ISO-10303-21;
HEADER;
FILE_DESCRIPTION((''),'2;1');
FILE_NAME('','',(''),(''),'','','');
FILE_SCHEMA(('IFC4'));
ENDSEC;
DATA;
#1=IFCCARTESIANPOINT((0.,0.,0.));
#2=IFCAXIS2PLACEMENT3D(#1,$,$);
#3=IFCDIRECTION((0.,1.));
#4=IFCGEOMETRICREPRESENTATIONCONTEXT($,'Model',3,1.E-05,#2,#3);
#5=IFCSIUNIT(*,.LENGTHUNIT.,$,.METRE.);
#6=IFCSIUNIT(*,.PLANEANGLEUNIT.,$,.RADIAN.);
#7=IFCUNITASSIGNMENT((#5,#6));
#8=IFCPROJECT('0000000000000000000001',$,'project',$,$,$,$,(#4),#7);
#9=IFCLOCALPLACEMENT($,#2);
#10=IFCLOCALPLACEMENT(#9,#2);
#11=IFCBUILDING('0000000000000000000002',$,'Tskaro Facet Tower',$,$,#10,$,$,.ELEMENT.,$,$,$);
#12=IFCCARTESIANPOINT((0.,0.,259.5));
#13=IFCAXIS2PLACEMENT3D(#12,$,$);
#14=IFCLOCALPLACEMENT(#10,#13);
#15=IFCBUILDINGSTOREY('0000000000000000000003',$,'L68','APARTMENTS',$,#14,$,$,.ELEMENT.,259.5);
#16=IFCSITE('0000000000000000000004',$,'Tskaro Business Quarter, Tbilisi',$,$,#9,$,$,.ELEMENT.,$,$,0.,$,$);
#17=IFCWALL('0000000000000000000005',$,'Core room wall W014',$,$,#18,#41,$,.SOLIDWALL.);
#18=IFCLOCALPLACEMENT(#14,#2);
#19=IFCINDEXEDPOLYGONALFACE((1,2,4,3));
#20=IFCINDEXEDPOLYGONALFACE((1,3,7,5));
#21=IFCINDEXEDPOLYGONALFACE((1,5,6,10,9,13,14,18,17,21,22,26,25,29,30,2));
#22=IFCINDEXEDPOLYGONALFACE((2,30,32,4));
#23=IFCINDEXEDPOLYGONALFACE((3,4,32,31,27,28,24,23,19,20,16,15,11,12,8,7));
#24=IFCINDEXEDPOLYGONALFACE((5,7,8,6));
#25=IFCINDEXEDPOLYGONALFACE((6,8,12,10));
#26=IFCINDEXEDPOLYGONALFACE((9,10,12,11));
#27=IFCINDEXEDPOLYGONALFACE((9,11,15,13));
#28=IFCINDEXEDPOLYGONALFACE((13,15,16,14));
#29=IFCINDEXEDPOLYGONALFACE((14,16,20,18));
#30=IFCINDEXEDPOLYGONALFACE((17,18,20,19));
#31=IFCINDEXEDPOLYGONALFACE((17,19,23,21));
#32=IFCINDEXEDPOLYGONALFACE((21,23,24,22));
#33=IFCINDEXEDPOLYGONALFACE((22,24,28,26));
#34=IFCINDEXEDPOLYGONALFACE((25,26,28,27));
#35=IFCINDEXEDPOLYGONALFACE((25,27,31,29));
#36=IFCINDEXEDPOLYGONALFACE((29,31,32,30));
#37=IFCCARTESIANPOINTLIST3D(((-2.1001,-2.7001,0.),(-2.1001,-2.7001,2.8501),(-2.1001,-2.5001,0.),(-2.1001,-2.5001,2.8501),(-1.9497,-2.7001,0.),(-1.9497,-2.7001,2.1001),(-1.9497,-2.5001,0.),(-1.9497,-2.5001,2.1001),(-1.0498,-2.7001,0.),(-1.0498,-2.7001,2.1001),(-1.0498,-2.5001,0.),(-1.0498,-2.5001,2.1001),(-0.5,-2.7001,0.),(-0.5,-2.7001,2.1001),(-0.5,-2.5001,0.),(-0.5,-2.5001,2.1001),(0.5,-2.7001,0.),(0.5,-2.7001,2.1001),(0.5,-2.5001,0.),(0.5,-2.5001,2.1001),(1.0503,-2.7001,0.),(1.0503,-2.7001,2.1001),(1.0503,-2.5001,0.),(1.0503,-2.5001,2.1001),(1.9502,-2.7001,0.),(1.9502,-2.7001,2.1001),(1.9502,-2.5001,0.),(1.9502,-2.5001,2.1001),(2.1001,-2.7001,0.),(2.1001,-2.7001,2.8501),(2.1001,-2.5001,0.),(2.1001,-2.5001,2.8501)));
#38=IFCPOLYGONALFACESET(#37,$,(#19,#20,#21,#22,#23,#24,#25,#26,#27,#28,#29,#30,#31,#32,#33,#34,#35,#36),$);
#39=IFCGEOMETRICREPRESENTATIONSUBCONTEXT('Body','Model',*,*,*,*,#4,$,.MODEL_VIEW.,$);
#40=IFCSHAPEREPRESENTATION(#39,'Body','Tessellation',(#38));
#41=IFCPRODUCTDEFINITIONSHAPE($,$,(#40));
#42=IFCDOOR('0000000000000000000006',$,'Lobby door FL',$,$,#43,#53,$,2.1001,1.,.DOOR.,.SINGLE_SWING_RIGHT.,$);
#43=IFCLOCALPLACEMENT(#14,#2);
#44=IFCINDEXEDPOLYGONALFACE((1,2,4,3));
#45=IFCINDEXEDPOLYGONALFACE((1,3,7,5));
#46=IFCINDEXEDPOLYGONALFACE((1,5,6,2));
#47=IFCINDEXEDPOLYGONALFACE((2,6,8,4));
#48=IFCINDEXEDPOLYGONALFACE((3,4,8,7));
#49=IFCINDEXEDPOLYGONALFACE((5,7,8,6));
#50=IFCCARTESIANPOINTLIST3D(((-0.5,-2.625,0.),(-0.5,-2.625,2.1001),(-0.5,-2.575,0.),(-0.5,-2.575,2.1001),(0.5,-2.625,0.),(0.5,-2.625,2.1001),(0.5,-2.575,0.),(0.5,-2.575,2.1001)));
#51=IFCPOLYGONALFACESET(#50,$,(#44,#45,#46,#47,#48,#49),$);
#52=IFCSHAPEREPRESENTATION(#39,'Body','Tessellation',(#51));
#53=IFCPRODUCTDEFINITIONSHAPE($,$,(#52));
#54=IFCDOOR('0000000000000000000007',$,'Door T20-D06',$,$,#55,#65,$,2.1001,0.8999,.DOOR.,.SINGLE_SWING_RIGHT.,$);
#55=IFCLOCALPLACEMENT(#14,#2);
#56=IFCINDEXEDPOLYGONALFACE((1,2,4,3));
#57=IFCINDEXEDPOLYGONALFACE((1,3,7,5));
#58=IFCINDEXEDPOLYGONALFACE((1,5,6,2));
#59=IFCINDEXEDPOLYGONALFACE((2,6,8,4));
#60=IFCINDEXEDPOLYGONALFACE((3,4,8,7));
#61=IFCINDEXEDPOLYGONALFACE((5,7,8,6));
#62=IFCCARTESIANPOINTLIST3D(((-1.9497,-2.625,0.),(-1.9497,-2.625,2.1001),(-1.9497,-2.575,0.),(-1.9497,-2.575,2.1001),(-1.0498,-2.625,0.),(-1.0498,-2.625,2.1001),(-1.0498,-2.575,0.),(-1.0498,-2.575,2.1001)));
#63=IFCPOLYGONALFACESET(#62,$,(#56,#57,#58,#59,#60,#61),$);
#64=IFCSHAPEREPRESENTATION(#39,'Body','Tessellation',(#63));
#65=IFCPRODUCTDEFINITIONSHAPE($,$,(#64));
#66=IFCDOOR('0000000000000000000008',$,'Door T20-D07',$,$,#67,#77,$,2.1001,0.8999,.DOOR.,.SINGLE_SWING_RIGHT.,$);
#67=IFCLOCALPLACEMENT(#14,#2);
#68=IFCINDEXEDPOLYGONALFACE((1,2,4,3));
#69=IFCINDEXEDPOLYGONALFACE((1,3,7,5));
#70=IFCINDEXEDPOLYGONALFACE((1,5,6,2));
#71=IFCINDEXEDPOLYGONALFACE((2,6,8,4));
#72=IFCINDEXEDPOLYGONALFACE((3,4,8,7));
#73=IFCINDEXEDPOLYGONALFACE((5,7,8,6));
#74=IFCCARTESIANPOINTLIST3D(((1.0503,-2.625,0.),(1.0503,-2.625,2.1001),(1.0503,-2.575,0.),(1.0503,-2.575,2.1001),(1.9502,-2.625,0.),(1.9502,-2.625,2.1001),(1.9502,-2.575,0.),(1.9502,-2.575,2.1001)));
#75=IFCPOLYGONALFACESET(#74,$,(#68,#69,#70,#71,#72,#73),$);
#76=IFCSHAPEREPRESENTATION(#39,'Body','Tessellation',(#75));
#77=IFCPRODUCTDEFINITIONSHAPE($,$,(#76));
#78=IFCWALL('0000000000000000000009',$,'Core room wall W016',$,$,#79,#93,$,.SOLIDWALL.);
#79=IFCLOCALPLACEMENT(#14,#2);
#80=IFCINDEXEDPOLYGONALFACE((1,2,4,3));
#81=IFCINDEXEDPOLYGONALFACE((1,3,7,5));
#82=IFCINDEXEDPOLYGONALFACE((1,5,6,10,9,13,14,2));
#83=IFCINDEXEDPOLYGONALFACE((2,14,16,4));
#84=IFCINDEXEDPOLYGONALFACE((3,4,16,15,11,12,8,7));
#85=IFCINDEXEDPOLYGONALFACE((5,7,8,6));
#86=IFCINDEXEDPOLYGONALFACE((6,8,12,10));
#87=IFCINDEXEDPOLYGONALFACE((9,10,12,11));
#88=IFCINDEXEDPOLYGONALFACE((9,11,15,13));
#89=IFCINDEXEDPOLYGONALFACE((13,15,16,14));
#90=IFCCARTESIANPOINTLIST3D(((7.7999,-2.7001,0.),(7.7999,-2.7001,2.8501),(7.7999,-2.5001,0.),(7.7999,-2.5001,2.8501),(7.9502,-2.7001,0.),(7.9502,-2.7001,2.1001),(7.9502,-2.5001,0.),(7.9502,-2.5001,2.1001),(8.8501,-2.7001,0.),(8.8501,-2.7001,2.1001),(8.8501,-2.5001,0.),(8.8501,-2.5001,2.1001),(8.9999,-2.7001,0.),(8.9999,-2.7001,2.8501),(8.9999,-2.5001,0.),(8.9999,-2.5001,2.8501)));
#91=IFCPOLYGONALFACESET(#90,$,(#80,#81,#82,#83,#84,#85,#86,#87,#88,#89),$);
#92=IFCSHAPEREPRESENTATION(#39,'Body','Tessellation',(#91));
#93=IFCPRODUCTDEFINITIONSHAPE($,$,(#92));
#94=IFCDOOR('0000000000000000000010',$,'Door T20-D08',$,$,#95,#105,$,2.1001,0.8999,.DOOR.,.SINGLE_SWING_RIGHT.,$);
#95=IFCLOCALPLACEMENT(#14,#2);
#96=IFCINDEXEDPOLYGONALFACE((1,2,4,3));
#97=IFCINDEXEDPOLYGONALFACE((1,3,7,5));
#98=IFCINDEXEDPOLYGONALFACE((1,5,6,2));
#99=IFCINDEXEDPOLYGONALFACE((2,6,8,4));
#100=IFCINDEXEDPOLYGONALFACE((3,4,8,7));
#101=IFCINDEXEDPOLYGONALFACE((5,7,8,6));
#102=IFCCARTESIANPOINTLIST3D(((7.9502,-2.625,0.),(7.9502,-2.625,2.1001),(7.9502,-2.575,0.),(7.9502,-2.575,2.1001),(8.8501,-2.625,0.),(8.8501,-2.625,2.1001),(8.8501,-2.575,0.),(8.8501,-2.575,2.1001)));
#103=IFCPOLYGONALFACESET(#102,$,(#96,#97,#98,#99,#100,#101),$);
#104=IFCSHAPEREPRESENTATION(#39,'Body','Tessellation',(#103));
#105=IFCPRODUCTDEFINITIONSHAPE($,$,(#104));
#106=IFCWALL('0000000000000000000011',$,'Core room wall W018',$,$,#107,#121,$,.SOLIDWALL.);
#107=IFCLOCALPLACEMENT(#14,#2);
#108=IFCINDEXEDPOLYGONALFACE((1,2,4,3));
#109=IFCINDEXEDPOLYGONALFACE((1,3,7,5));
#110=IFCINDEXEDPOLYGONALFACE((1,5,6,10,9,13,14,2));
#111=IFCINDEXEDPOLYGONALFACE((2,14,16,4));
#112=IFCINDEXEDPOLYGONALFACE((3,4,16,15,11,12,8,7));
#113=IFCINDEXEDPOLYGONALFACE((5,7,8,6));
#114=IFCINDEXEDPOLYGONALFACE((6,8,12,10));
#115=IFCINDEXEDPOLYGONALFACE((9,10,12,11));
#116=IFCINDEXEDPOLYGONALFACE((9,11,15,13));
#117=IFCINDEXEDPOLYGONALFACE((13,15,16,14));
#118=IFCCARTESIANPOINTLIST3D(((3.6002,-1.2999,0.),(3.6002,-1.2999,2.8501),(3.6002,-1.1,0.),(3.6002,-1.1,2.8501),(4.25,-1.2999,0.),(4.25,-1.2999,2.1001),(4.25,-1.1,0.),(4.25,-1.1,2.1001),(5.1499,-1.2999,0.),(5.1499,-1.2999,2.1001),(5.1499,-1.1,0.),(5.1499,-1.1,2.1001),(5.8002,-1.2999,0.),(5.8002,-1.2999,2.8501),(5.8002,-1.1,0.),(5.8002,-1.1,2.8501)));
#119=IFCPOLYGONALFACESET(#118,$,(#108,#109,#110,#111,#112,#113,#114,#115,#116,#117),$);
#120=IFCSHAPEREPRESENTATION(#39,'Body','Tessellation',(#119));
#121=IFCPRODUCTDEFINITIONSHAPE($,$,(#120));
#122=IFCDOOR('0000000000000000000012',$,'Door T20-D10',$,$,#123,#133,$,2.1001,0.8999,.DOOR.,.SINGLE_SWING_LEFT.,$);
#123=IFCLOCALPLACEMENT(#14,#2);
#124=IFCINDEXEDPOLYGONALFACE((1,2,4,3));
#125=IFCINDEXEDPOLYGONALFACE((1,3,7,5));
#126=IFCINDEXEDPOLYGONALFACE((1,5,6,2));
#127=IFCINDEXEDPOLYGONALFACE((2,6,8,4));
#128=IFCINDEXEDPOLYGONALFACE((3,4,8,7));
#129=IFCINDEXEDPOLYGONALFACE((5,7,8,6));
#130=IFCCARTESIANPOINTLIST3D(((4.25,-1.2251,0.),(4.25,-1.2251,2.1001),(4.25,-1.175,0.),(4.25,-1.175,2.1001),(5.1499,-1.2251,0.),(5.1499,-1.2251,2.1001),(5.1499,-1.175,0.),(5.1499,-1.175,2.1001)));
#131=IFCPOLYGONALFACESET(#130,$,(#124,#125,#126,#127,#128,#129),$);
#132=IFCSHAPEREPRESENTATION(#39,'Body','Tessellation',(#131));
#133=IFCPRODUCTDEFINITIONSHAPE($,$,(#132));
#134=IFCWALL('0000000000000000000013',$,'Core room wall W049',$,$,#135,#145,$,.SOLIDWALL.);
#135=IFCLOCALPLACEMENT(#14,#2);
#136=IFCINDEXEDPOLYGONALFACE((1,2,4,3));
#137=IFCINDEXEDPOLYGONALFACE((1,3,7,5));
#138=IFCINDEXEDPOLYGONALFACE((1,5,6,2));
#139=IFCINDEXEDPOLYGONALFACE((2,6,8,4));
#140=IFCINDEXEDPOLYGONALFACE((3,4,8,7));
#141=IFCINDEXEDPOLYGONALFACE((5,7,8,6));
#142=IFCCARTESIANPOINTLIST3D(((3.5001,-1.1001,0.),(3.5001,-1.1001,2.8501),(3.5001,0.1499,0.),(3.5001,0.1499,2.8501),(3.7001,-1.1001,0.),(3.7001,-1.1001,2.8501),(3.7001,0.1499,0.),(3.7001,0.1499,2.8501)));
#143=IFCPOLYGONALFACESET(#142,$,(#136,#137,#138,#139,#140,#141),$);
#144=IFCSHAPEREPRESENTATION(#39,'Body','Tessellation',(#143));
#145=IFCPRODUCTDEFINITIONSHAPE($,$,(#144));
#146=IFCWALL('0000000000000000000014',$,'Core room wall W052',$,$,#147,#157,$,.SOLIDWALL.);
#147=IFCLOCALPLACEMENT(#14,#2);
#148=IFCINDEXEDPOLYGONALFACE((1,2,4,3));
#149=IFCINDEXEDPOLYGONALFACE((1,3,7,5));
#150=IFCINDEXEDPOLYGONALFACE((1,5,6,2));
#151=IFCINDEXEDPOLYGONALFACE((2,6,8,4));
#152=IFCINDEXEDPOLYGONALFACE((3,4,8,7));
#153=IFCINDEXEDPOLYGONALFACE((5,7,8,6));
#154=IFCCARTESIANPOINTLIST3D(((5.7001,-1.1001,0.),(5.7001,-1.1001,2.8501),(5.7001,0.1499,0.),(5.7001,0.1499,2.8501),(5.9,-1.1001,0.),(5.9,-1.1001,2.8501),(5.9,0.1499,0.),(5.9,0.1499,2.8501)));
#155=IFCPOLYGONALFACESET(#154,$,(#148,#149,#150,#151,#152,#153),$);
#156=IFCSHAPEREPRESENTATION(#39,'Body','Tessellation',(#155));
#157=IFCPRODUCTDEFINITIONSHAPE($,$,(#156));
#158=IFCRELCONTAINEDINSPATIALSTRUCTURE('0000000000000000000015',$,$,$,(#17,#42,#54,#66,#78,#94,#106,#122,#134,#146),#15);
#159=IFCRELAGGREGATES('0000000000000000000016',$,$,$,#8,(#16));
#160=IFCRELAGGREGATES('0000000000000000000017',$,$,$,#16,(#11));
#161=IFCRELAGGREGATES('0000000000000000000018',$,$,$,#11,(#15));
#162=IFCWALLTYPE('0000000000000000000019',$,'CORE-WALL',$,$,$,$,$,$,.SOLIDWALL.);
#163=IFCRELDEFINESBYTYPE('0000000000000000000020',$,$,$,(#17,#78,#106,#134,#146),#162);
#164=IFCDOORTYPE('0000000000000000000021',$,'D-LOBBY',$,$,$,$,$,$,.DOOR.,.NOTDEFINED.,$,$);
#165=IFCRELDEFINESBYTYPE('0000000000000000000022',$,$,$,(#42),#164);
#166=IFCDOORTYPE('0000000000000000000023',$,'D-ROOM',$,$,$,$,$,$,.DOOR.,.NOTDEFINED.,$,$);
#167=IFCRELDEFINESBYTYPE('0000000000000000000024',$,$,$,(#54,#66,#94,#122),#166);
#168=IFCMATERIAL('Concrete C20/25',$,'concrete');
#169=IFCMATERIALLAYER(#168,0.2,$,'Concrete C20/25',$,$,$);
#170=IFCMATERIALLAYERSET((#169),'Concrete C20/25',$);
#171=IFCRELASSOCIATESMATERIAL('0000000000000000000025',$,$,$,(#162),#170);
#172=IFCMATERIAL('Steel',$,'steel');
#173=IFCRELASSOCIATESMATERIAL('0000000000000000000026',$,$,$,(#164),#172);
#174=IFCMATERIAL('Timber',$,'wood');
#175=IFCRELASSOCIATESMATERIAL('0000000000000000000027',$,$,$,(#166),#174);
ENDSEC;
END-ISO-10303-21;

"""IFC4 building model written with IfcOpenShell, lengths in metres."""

from ifc_helpers import new_model, si_unit, direction, frame, frame_2d, origin, place, context, subcontext, project, spatial, rectangle, extrude, material, layer, layer_set, type_object, element, fill, save


model = new_model("IFC4")

# Units and contexts
model_context = context("Model", 3, precision=1e-05, world=origin(), true_north=direction((0.0, 1.0)))
body_context = subcontext(model_context, "Body", "Model", "MODEL_VIEW")
ifc_project = project(units=[si_unit("LENGTHUNIT", "METRE"), si_unit("PLANEANGLEUNIT", "RADIAN")], contexts=[model_context])

# Site, building, storey
site_placement = place(None, origin())
site = spatial("IfcSite", under=ifc_project, at=site_placement, Name="Tskaro Business Quarter, Tbilisi", CompositionType="ELEMENT", RefElevation=0.0)
building_placement = place(site_placement, origin())
building = spatial("IfcBuilding", under=site, at=building_placement, Name="Tskaro Facet Tower", CompositionType="ELEMENT")
storey_placement = place(building_placement, frame((0.0, 0.0, 259.5)))
storey = spatial("IfcBuildingStorey", under=building, at=storey_placement, Name="L68", Description="APARTMENTS", CompositionType="ELEMENT", Elevation=259.5)

# Wall, openings, doors
ifc_material_1 = material(Name="Concrete C20/25", Category="concrete")
ifc_layer_1 = layer(ifc_material_1, 0.2, Name="Concrete C20/25")
ifc_layer_set_1 = layer_set([ifc_layer_1], Name="Concrete C20/25")
wall_type_1 = type_object("IfcWallType", Name="CORE-WALL", PredefinedType="SOLIDWALL", material=ifc_layer_set_1)
wall_1_placement = place(storey_placement, frame((2.1001, -2.6001, 0.0), z_axis=(0.0, 0.0, 1.0), x_axis=(-1.0, 0.0, 0.0)))
wall_1 = element("IfcWall", 1, at=wall_1_placement, inside=storey, type_object=wall_type_1, Name="Core room wall W014", PredefinedType="SOLIDWALL", context=body_context, shape_type="SweptSolid", body=[
    extrude(rectangle(XDim=4.2002, YDim=0.2, at=frame_2d((2.1001, 0.0))), origin(), (0.0, 0.0, 1.0), 2.8501),
])
opening_1_placement = place(wall_1_placement, frame((1.6001, 0.0, 0.0)))
opening_1 = element("IfcOpeningElement", 2, at=opening_1_placement, cuts=wall_1, PredefinedType="OPENING", context=body_context, shape_type="SweptSolid", body=[
    extrude(rectangle(XDim=1.0, YDim=2.1001, at=frame_2d((0.5, 1.05))), frame((0.0, 0.1099, 0.0), z_axis=(0.0, -1.0, 0.0), x_axis=(1.0, 0.0, 0.0)), (0.0, 0.0, 1.0), 0.22),
])
opening_2_placement = place(wall_1_placement, frame((3.1499, 0.0, 0.0)))
opening_2 = element("IfcOpeningElement", 3, at=opening_2_placement, cuts=wall_1, PredefinedType="OPENING", context=body_context, shape_type="SweptSolid", body=[
    extrude(rectangle(XDim=0.8999, YDim=2.1001, at=frame_2d((0.45, 1.05))), frame((0.0, 0.1099, 0.0), z_axis=(0.0, -1.0, 0.0), x_axis=(1.0, 0.0, 0.0)), (0.0, 0.0, 1.0), 0.22),
])
opening_3_placement = place(wall_1_placement, frame((0.1499, 0.0, 0.0)))
opening_3 = element("IfcOpeningElement", 4, at=opening_3_placement, cuts=wall_1, PredefinedType="OPENING", context=body_context, shape_type="SweptSolid", body=[
    extrude(rectangle(XDim=0.8999, YDim=2.1001, at=frame_2d((0.45, 1.05))), frame((0.0, 0.1099, 0.0), z_axis=(0.0, -1.0, 0.0), x_axis=(1.0, 0.0, 0.0)), (0.0, 0.0, 1.0), 0.22),
])
ifc_material_2 = material(Name="Steel", Category="steel")
door_type_1 = type_object("IfcDoorType", Name="D-LOBBY", OperationType="NOTDEFINED", PredefinedType="DOOR", material=ifc_material_2)
door_1_placement = place(opening_1_placement, origin())
door_1 = element("IfcDoor", 5, at=door_1_placement, inside=storey, type_object=door_type_1, Name="Lobby door FL", OperationType="SINGLE_SWING_RIGHT", OverallHeight=2.1001, OverallWidth=1.0, PredefinedType="DOOR", context=body_context, shape_type="SweptSolid", body=[
    extrude(rectangle(XDim=1.0, YDim=2.1001, at=frame_2d((0.5, 1.05))), frame((0.0, 0.0249, 0.0), z_axis=(0.0, -1.0, 0.0), x_axis=(1.0, 0.0, 0.0)), (0.0, 0.0, 1.0), 0.05),
])
fill(opening_1, door_1)
ifc_material_3 = material(Name="Timber", Category="wood")
door_type_2 = type_object("IfcDoorType", Name="D-ROOM", OperationType="NOTDEFINED", PredefinedType="DOOR", material=ifc_material_3)
door_2_placement = place(opening_2_placement, origin())
door_2 = element("IfcDoor", 6, at=door_2_placement, inside=storey, type_object=door_type_2, Name="Door T20-D06", OperationType="SINGLE_SWING_RIGHT", OverallHeight=2.1001, OverallWidth=0.8999, PredefinedType="DOOR", context=body_context, shape_type="SweptSolid", body=[
    extrude(rectangle(XDim=0.8999, YDim=2.1001, at=frame_2d((0.45, 1.05))), frame((0.0, 0.0249, 0.0), z_axis=(0.0, -1.0, 0.0), x_axis=(1.0, 0.0, 0.0)), (0.0, 0.0, 1.0), 0.05),
])
fill(opening_2, door_2)
door_3_placement = place(opening_3_placement, origin())
door_3 = element("IfcDoor", 7, at=door_3_placement, inside=storey, type_object=door_type_2, Name="Door T20-D07", OperationType="SINGLE_SWING_RIGHT", OverallHeight=2.1001, OverallWidth=0.8999, PredefinedType="DOOR", context=body_context, shape_type="SweptSolid", body=[
    extrude(rectangle(XDim=0.8999, YDim=2.1001, at=frame_2d((0.45, 1.05))), frame((0.0, 0.0249, 0.0), z_axis=(0.0, -1.0, 0.0), x_axis=(1.0, 0.0, 0.0)), (0.0, 0.0, 1.0), 0.05),
])
fill(opening_3, door_3)

# Walls, openings, doors
wall_2_placement = place(storey_placement, frame((9.0, -2.6001, 0.0), z_axis=(0.0, 0.0, 1.0), x_axis=(-1.0, 0.0, 0.0)))
wall_2 = element("IfcWall", 8, at=wall_2_placement, inside=storey, type_object=wall_type_1, Name="Core room wall W016", PredefinedType="SOLIDWALL", context=body_context, shape_type="SweptSolid", body=[
    extrude(rectangle(XDim=1.2, YDim=0.2, at=frame_2d((0.6001, 0.0))), origin(), (0.0, 0.0, 1.0), 2.8501),
])
opening_4_placement = place(wall_2_placement, frame((0.1499, 0.0, 0.0)))
opening_4 = element("IfcOpeningElement", 9, at=opening_4_placement, cuts=wall_2, PredefinedType="OPENING", context=body_context, shape_type="SweptSolid", body=[
    extrude(rectangle(XDim=0.8999, YDim=2.1001, at=frame_2d((0.45, 1.05))), frame((0.0, 0.1099, 0.0), z_axis=(0.0, -1.0, 0.0), x_axis=(1.0, 0.0, 0.0)), (0.0, 0.0, 1.0), 0.22),
])
door_4_placement = place(opening_4_placement, origin())
door_4 = element("IfcDoor", 10, at=door_4_placement, inside=storey, type_object=door_type_2, Name="Door T20-D08", OperationType="SINGLE_SWING_RIGHT", OverallHeight=2.1001, OverallWidth=0.8999, PredefinedType="DOOR", context=body_context, shape_type="SweptSolid", body=[
    extrude(rectangle(XDim=0.8999, YDim=2.1001, at=frame_2d((0.45, 1.05))), frame((0.0, 0.0249, 0.0), z_axis=(0.0, -1.0, 0.0), x_axis=(1.0, 0.0, 0.0)), (0.0, 0.0, 1.0), 0.05),
])
fill(opening_4, door_4)
wall_3_placement = place(storey_placement, frame((3.6001, -1.2, 0.0), z_axis=(0.0, 0.0, 1.0), x_axis=(1.0, 0.0, 0.0)))
wall_3 = element("IfcWall", 11, at=wall_3_placement, inside=storey, type_object=wall_type_1, Name="Core room wall W018", PredefinedType="SOLIDWALL", context=body_context, shape_type="SweptSolid", body=[
    extrude(rectangle(XDim=2.2, YDim=0.2, at=frame_2d((1.1001, 0.0))), origin(), (0.0, 0.0, 1.0), 2.8501),
])
opening_5_placement = place(wall_3_placement, frame((0.6499, 0.0, 0.0)))
opening_5 = element("IfcOpeningElement", 12, at=opening_5_placement, cuts=wall_3, PredefinedType="OPENING", context=body_context, shape_type="SweptSolid", body=[
    extrude(rectangle(XDim=0.8999, YDim=2.1001, at=frame_2d((0.45, 1.05))), frame((0.0, 0.1099, 0.0), z_axis=(0.0, -1.0, 0.0), x_axis=(1.0, 0.0, 0.0)), (0.0, 0.0, 1.0), 0.22),
])
door_5_placement = place(opening_5_placement, origin())
door_5 = element("IfcDoor", 13, at=door_5_placement, inside=storey, type_object=door_type_2, Name="Door T20-D10", OperationType="SINGLE_SWING_LEFT", OverallHeight=2.1001, OverallWidth=0.8999, PredefinedType="DOOR", context=body_context, shape_type="SweptSolid", body=[
    extrude(rectangle(XDim=0.8999, YDim=2.1001, at=frame_2d((0.45, 1.05))), frame((0.0, 0.0249, 0.0), z_axis=(0.0, -1.0, 0.0), x_axis=(1.0, 0.0, 0.0)), (0.0, 0.0, 1.0), 0.05),
])
fill(opening_5, door_5)

# Walls
for number, where, z_axis, x_axis, name in (
    (14, (3.6001, -1.1001, 0.0), (0.0, 0.0, 1.0), (0.0, 1.0, 0.0), "Core room wall W049"),
    (15, (5.8, -1.1001, 0.0), (0.0, 0.0, 1.0), (0.0, 1.0, 0.0), "Core room wall W052"),
):
    element("IfcWall", number, at=place(storey_placement, frame(where, z_axis=z_axis, x_axis=x_axis)), inside=storey, type_object=wall_type_1, Name=name, PredefinedType="SOLIDWALL", context=body_context, shape_type="SweptSolid", body=[
        extrude(rectangle(XDim=1.25, YDim=0.2, at=frame_2d((0.625, 0.0))), origin(), (0.0, 0.0, 1.0), 2.8501),
    ])

save(model, "model.ifc")
